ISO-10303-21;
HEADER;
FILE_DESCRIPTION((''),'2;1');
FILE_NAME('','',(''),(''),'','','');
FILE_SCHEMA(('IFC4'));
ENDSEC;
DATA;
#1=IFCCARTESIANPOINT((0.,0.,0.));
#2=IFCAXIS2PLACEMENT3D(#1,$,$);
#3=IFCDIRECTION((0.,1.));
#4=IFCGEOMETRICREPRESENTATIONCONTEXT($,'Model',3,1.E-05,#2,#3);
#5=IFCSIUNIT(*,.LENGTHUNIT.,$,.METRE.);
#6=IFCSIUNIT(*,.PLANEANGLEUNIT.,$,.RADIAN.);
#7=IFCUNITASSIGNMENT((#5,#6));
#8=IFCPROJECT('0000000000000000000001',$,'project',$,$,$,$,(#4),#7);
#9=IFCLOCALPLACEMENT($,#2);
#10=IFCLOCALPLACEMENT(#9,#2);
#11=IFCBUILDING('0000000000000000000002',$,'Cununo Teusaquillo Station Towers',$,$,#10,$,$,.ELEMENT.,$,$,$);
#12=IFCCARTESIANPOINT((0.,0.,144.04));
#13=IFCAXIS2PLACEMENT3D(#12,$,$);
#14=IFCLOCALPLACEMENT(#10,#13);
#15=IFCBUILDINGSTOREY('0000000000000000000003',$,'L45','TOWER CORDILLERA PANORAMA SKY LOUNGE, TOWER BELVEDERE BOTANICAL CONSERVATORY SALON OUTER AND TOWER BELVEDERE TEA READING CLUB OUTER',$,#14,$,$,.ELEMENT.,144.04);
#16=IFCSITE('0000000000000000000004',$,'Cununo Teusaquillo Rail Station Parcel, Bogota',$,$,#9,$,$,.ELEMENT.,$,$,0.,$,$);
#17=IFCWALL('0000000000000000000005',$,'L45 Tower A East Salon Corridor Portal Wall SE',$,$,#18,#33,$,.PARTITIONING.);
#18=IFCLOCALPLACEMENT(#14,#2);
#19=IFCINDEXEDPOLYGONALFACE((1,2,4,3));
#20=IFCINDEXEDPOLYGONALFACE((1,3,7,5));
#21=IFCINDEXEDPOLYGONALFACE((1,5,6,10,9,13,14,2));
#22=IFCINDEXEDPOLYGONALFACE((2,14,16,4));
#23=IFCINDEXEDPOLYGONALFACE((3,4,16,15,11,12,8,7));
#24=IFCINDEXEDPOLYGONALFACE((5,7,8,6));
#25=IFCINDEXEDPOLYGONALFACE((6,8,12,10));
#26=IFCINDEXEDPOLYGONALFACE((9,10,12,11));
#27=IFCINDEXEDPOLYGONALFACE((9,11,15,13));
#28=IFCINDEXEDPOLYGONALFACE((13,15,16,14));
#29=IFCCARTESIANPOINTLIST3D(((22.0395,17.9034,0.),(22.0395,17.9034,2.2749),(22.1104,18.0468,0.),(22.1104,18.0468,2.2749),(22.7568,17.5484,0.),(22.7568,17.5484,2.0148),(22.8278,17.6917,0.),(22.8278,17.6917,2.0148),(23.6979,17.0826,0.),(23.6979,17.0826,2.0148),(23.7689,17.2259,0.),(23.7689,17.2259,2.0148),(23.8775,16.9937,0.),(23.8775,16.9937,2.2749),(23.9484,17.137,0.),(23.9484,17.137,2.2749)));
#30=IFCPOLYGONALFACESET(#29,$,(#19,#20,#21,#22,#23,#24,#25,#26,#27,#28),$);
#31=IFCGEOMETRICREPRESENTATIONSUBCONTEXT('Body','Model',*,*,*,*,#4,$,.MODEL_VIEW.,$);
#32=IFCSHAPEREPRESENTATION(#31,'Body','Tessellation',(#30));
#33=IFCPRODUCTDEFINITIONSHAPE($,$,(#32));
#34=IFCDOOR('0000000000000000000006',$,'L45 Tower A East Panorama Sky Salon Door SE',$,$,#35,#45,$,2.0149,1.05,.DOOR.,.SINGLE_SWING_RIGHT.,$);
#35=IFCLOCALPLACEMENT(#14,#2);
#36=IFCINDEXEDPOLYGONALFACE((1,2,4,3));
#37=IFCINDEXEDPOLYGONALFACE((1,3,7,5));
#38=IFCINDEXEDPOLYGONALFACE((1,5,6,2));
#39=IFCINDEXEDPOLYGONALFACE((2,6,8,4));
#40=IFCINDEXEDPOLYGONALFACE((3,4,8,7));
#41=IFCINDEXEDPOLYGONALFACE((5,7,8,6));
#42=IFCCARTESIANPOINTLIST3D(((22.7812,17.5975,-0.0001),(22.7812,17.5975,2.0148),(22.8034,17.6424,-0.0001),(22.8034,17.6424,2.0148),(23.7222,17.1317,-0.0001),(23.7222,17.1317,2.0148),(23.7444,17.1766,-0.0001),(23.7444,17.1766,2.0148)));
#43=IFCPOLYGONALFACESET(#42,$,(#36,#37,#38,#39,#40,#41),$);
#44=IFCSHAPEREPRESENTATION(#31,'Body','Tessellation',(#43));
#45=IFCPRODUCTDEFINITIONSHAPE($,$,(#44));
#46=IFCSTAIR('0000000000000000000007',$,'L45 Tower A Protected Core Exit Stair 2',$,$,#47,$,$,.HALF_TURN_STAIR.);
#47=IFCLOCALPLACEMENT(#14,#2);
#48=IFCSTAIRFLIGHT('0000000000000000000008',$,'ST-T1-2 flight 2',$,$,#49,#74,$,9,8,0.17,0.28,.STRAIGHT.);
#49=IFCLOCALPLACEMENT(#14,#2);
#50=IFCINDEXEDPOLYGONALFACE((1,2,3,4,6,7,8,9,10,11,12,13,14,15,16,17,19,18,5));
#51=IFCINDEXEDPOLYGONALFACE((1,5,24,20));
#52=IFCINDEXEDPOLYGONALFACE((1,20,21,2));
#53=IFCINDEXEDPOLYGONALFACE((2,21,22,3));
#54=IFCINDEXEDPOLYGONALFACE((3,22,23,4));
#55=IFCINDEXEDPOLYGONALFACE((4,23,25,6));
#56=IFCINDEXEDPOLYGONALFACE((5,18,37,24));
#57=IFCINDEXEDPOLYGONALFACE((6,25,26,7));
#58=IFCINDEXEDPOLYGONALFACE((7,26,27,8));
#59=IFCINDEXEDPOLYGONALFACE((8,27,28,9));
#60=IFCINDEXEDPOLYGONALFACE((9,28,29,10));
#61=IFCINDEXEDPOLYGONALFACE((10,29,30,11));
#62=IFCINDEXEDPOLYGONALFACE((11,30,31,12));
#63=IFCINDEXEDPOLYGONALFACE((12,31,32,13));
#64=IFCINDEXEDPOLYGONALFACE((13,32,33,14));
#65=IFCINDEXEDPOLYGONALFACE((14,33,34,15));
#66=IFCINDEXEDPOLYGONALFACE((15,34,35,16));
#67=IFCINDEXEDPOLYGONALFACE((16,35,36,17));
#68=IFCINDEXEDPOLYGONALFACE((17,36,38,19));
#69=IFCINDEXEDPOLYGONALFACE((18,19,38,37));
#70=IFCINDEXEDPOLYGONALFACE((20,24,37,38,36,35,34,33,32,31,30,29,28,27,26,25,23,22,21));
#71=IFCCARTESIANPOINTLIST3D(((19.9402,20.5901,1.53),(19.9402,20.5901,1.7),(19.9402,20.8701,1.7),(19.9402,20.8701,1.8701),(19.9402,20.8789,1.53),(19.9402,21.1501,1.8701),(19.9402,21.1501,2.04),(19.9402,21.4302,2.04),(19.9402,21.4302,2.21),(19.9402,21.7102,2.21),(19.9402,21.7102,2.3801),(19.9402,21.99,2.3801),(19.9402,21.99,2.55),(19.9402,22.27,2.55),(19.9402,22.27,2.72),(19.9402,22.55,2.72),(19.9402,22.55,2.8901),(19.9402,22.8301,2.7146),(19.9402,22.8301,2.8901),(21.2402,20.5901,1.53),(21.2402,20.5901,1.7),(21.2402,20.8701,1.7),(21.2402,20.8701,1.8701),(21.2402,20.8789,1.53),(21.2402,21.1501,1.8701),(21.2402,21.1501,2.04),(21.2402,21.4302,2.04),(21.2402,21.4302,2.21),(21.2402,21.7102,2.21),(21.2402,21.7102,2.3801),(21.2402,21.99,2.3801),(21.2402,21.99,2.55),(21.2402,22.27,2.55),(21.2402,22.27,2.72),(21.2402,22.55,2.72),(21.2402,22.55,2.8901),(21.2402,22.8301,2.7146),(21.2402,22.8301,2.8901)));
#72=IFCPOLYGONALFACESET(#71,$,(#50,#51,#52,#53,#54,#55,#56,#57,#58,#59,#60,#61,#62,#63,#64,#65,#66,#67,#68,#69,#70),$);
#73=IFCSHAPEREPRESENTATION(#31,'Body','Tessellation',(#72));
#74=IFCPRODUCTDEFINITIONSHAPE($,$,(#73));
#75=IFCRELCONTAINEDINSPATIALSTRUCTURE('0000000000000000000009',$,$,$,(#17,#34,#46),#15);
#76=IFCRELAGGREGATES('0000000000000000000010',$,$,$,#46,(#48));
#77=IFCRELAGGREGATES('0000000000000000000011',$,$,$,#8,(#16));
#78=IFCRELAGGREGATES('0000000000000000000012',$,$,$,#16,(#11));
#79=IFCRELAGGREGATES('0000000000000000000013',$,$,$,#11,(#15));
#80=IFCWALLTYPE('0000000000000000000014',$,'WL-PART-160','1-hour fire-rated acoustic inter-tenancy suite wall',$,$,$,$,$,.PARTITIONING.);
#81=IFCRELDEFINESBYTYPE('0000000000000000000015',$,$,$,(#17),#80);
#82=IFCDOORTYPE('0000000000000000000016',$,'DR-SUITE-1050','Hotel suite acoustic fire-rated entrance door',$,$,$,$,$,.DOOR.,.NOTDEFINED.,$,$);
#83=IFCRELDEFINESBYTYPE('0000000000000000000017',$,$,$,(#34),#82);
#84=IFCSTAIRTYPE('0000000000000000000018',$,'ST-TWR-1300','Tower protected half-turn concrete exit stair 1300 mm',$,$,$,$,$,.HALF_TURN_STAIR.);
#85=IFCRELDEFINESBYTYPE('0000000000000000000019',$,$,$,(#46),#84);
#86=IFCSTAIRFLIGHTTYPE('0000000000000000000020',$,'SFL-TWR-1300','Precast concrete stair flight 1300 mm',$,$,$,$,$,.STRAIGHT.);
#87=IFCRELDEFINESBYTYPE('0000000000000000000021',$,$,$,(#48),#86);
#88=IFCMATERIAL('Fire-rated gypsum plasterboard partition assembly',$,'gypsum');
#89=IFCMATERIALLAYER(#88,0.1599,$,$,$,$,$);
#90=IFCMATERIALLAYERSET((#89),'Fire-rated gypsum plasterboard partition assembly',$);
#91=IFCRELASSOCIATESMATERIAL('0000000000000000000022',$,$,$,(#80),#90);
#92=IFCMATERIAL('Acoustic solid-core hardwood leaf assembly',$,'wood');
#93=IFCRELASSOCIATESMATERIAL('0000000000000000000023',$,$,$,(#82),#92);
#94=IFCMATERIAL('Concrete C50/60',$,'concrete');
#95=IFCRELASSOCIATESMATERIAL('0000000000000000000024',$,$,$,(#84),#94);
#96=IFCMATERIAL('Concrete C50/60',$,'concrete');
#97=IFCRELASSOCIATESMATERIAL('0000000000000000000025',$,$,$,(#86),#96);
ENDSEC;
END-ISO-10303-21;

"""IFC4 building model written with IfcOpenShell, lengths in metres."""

from ifc_helpers import new_model, si_unit, direction, frame, frame_2d, origin, place, context, subcontext, project, spatial, polyline, rectangle, outline, extrude, source, transform, mapped, material, layer, layer_set, type_object, element, fill, aggregate, save


model = new_model("IFC4")

# Units and contexts
model_context = context("Model", 3, precision=1e-05, world=origin(), true_north=direction((0.0, 1.0)))
body_context = subcontext(model_context, "Body", "Model", "MODEL_VIEW")
ifc_project = project(units=[si_unit("LENGTHUNIT", "METRE"), si_unit("PLANEANGLEUNIT", "RADIAN")], contexts=[model_context])

# Site, building, storey
site_placement = place(None, origin())
site = spatial("IfcSite", under=ifc_project, at=site_placement, Name="Cununo Teusaquillo Rail Station Parcel, Bogota", CompositionType="ELEMENT", RefElevation=0.0)
building_placement = place(site_placement, origin())
building = spatial("IfcBuilding", under=site, at=building_placement, Name="Cununo Teusaquillo Station Towers", CompositionType="ELEMENT")
storey_placement = place(building_placement, frame((0.0, 0.0, 144.04)))
storey = spatial("IfcBuildingStorey", under=building, at=storey_placement, Name="L45", Description="TOWER CORDILLERA PANORAMA SKY LOUNGE, TOWER BELVEDERE BOTANICAL CONSERVATORY SALON OUTER AND TOWER BELVEDERE TEA READING CLUB OUTER", CompositionType="ELEMENT", Elevation=144.04)

# Wall, opening, door
ifc_material_1 = material(Name="Fire-rated gypsum plasterboard partition assembly", Category="gypsum")
ifc_layer_1 = layer(ifc_material_1, 0.1599)
ifc_layer_set_1 = layer_set([ifc_layer_1], Name="Fire-rated gypsum plasterboard partition assembly")
wall_type_1 = type_object("IfcWallType", Name="WL-PART-160", Description="1-hour fire-rated acoustic inter-tenancy suite wall", PredefinedType="PARTITIONING", material=ifc_layer_set_1)
wall_1_placement = place(storey_placement, frame((22.075, 17.9751, 0.0), z_axis=(0.0, 0.0, 1.0), x_axis=(0.896229, -0.443591, 0.0)))
wall_1 = element("IfcWall", 1, at=wall_1_placement, inside=storey, type_object=wall_type_1, Name="L45 Tower A East Salon Corridor Portal Wall SE", PredefinedType="PARTITIONING", context=body_context, shape_type="SweptSolid", body=[
    extrude(rectangle(XDim=2.0508, YDim=0.1599, at=frame_2d((1.0254, 0.0))), origin(), (0.0, 0.0, 1.0), 2.2749),
])
shared_shape_1 = source(origin(), body_context, "Body", "SweptSolid", [
    extrude(rectangle(XDim=1.05, YDim=2.0149, at=frame_2d((0.5249, 1.0073))), frame((0.0, 0.0898, 0.0), z_axis=(0.0, -1.0, 0.0), x_axis=(1.0, 0.0, 0.0)), (0.0, 0.0, 1.0), 0.1799),
])
opening_placement = place(wall_1_placement, frame((0.8005, 0.0, 0.0)))
opening = element("IfcOpeningElement", 2, at=opening_placement, cuts=wall_1, PredefinedType="OPENING", context=body_context, shape_type="MappedRepresentation", body=[
    mapped(shared_shape_1, transform((0.0, 0.0, 0.0), x_axis=(1.0, 0.0, 0.0), y_axis=(0.0, 1.0, 0.0), z_axis=(0.0, 0.0, 1.0), scale=1.0)),
])
ifc_material_2 = material(Name="Acoustic solid-core hardwood leaf assembly", Category="wood")
door_type = type_object("IfcDoorType", Name="DR-SUITE-1050", Description="Hotel suite acoustic fire-rated entrance door", OperationType="NOTDEFINED", PredefinedType="DOOR", material=ifc_material_2)
shared_shape_2 = source(origin(), body_context, "Body", "SweptSolid", [
    extrude(rectangle(XDim=1.05, YDim=2.0149, at=frame_2d((0.5249, 1.0073))), frame((0.0, 0.0249, 0.0), z_axis=(0.0, -1.0, 0.0), x_axis=(1.0, 0.0, 0.0)), (0.0, 0.0, 1.0), 0.05),
])
door_placement = place(opening_placement, origin())
door = element("IfcDoor", 3, at=door_placement, inside=storey, type_object=door_type, Name="L45 Tower A East Panorama Sky Salon Door SE", OperationType="SINGLE_SWING_RIGHT", OverallHeight=2.0149, OverallWidth=1.05, PredefinedType="DOOR", context=body_context, shape_type="MappedRepresentation", body=[
    mapped(shared_shape_2, transform((0.0, 0.0, 0.0), x_axis=(1.0, 0.0, 0.0), y_axis=(0.0, 1.0, 0.0), z_axis=(0.0, 0.0, 1.0), scale=1.0)),
])
fill(opening, door)

# Stair, stair flight
ifc_material_3 = material(Name="Concrete C50/60", Category="concrete")
stair_type = type_object("IfcStairType", Name="ST-TWR-1300", Description="Tower protected half-turn concrete exit stair 1300 mm", PredefinedType="HALF_TURN_STAIR", material=ifc_material_3)
stair_placement = place(storey_placement, origin())
stair = element("IfcStair", 4, at=stair_placement, inside=storey, type_object=stair_type, Name="L45 Tower A Protected Core Exit Stair 2", PredefinedType="HALF_TURN_STAIR")
ifc_material_4 = material(Name="Concrete C50/60", Category="concrete")
stair_flight_type = type_object("IfcStairFlightType", Name="SFL-TWR-1300", Description="Precast concrete stair flight 1300 mm", PredefinedType="STRAIGHT", material=ifc_material_4)
stair_flight_placement = place(storey_placement, frame((20.5901, 20.5901, 1.53), z_axis=(0.0, 0.0, 1.0), x_axis=(0.0, 1.0, 0.0)))
stair_flight = element("IfcStairFlight", 5, at=stair_flight_placement, type_object=stair_flight_type, Name="ST-T1-2 flight 2", NumberOfRisers=9, NumberOfTreads=8, PredefinedType="STRAIGHT", RiserHeight=0.17, TreadLength=0.28, context=body_context, shape_type="SweptSolid", body=[
    extrude(outline(polyline([(0.0, 0.0), (0.0, 0.1699), (0.28, 0.1699), (0.28, 0.3401), (0.5601, 0.3401), (0.5601, 0.51), (0.8401, 0.51), (0.8401, 0.6799), (1.1201, 0.6799), (1.1201, 0.8501), (1.3999, 0.8501), (1.3999, 1.02), (1.6799, 1.02), (1.6799, 1.1899), (1.96, 1.1899), (1.96, 1.3601), (2.24, 1.3601), (2.24, 1.53), (2.24, 1.1846), (0.2888, 0.0), (0.0, 0.0)])), frame((0.0, 0.6499, 0.0), z_axis=(0.0, -1.0, 0.0), x_axis=(1.0, 0.0, 0.0)), (0.0, 0.0, 1.0), 1.3),
])
aggregate(stair, [stair_flight])

save(model, "model.ifc")
